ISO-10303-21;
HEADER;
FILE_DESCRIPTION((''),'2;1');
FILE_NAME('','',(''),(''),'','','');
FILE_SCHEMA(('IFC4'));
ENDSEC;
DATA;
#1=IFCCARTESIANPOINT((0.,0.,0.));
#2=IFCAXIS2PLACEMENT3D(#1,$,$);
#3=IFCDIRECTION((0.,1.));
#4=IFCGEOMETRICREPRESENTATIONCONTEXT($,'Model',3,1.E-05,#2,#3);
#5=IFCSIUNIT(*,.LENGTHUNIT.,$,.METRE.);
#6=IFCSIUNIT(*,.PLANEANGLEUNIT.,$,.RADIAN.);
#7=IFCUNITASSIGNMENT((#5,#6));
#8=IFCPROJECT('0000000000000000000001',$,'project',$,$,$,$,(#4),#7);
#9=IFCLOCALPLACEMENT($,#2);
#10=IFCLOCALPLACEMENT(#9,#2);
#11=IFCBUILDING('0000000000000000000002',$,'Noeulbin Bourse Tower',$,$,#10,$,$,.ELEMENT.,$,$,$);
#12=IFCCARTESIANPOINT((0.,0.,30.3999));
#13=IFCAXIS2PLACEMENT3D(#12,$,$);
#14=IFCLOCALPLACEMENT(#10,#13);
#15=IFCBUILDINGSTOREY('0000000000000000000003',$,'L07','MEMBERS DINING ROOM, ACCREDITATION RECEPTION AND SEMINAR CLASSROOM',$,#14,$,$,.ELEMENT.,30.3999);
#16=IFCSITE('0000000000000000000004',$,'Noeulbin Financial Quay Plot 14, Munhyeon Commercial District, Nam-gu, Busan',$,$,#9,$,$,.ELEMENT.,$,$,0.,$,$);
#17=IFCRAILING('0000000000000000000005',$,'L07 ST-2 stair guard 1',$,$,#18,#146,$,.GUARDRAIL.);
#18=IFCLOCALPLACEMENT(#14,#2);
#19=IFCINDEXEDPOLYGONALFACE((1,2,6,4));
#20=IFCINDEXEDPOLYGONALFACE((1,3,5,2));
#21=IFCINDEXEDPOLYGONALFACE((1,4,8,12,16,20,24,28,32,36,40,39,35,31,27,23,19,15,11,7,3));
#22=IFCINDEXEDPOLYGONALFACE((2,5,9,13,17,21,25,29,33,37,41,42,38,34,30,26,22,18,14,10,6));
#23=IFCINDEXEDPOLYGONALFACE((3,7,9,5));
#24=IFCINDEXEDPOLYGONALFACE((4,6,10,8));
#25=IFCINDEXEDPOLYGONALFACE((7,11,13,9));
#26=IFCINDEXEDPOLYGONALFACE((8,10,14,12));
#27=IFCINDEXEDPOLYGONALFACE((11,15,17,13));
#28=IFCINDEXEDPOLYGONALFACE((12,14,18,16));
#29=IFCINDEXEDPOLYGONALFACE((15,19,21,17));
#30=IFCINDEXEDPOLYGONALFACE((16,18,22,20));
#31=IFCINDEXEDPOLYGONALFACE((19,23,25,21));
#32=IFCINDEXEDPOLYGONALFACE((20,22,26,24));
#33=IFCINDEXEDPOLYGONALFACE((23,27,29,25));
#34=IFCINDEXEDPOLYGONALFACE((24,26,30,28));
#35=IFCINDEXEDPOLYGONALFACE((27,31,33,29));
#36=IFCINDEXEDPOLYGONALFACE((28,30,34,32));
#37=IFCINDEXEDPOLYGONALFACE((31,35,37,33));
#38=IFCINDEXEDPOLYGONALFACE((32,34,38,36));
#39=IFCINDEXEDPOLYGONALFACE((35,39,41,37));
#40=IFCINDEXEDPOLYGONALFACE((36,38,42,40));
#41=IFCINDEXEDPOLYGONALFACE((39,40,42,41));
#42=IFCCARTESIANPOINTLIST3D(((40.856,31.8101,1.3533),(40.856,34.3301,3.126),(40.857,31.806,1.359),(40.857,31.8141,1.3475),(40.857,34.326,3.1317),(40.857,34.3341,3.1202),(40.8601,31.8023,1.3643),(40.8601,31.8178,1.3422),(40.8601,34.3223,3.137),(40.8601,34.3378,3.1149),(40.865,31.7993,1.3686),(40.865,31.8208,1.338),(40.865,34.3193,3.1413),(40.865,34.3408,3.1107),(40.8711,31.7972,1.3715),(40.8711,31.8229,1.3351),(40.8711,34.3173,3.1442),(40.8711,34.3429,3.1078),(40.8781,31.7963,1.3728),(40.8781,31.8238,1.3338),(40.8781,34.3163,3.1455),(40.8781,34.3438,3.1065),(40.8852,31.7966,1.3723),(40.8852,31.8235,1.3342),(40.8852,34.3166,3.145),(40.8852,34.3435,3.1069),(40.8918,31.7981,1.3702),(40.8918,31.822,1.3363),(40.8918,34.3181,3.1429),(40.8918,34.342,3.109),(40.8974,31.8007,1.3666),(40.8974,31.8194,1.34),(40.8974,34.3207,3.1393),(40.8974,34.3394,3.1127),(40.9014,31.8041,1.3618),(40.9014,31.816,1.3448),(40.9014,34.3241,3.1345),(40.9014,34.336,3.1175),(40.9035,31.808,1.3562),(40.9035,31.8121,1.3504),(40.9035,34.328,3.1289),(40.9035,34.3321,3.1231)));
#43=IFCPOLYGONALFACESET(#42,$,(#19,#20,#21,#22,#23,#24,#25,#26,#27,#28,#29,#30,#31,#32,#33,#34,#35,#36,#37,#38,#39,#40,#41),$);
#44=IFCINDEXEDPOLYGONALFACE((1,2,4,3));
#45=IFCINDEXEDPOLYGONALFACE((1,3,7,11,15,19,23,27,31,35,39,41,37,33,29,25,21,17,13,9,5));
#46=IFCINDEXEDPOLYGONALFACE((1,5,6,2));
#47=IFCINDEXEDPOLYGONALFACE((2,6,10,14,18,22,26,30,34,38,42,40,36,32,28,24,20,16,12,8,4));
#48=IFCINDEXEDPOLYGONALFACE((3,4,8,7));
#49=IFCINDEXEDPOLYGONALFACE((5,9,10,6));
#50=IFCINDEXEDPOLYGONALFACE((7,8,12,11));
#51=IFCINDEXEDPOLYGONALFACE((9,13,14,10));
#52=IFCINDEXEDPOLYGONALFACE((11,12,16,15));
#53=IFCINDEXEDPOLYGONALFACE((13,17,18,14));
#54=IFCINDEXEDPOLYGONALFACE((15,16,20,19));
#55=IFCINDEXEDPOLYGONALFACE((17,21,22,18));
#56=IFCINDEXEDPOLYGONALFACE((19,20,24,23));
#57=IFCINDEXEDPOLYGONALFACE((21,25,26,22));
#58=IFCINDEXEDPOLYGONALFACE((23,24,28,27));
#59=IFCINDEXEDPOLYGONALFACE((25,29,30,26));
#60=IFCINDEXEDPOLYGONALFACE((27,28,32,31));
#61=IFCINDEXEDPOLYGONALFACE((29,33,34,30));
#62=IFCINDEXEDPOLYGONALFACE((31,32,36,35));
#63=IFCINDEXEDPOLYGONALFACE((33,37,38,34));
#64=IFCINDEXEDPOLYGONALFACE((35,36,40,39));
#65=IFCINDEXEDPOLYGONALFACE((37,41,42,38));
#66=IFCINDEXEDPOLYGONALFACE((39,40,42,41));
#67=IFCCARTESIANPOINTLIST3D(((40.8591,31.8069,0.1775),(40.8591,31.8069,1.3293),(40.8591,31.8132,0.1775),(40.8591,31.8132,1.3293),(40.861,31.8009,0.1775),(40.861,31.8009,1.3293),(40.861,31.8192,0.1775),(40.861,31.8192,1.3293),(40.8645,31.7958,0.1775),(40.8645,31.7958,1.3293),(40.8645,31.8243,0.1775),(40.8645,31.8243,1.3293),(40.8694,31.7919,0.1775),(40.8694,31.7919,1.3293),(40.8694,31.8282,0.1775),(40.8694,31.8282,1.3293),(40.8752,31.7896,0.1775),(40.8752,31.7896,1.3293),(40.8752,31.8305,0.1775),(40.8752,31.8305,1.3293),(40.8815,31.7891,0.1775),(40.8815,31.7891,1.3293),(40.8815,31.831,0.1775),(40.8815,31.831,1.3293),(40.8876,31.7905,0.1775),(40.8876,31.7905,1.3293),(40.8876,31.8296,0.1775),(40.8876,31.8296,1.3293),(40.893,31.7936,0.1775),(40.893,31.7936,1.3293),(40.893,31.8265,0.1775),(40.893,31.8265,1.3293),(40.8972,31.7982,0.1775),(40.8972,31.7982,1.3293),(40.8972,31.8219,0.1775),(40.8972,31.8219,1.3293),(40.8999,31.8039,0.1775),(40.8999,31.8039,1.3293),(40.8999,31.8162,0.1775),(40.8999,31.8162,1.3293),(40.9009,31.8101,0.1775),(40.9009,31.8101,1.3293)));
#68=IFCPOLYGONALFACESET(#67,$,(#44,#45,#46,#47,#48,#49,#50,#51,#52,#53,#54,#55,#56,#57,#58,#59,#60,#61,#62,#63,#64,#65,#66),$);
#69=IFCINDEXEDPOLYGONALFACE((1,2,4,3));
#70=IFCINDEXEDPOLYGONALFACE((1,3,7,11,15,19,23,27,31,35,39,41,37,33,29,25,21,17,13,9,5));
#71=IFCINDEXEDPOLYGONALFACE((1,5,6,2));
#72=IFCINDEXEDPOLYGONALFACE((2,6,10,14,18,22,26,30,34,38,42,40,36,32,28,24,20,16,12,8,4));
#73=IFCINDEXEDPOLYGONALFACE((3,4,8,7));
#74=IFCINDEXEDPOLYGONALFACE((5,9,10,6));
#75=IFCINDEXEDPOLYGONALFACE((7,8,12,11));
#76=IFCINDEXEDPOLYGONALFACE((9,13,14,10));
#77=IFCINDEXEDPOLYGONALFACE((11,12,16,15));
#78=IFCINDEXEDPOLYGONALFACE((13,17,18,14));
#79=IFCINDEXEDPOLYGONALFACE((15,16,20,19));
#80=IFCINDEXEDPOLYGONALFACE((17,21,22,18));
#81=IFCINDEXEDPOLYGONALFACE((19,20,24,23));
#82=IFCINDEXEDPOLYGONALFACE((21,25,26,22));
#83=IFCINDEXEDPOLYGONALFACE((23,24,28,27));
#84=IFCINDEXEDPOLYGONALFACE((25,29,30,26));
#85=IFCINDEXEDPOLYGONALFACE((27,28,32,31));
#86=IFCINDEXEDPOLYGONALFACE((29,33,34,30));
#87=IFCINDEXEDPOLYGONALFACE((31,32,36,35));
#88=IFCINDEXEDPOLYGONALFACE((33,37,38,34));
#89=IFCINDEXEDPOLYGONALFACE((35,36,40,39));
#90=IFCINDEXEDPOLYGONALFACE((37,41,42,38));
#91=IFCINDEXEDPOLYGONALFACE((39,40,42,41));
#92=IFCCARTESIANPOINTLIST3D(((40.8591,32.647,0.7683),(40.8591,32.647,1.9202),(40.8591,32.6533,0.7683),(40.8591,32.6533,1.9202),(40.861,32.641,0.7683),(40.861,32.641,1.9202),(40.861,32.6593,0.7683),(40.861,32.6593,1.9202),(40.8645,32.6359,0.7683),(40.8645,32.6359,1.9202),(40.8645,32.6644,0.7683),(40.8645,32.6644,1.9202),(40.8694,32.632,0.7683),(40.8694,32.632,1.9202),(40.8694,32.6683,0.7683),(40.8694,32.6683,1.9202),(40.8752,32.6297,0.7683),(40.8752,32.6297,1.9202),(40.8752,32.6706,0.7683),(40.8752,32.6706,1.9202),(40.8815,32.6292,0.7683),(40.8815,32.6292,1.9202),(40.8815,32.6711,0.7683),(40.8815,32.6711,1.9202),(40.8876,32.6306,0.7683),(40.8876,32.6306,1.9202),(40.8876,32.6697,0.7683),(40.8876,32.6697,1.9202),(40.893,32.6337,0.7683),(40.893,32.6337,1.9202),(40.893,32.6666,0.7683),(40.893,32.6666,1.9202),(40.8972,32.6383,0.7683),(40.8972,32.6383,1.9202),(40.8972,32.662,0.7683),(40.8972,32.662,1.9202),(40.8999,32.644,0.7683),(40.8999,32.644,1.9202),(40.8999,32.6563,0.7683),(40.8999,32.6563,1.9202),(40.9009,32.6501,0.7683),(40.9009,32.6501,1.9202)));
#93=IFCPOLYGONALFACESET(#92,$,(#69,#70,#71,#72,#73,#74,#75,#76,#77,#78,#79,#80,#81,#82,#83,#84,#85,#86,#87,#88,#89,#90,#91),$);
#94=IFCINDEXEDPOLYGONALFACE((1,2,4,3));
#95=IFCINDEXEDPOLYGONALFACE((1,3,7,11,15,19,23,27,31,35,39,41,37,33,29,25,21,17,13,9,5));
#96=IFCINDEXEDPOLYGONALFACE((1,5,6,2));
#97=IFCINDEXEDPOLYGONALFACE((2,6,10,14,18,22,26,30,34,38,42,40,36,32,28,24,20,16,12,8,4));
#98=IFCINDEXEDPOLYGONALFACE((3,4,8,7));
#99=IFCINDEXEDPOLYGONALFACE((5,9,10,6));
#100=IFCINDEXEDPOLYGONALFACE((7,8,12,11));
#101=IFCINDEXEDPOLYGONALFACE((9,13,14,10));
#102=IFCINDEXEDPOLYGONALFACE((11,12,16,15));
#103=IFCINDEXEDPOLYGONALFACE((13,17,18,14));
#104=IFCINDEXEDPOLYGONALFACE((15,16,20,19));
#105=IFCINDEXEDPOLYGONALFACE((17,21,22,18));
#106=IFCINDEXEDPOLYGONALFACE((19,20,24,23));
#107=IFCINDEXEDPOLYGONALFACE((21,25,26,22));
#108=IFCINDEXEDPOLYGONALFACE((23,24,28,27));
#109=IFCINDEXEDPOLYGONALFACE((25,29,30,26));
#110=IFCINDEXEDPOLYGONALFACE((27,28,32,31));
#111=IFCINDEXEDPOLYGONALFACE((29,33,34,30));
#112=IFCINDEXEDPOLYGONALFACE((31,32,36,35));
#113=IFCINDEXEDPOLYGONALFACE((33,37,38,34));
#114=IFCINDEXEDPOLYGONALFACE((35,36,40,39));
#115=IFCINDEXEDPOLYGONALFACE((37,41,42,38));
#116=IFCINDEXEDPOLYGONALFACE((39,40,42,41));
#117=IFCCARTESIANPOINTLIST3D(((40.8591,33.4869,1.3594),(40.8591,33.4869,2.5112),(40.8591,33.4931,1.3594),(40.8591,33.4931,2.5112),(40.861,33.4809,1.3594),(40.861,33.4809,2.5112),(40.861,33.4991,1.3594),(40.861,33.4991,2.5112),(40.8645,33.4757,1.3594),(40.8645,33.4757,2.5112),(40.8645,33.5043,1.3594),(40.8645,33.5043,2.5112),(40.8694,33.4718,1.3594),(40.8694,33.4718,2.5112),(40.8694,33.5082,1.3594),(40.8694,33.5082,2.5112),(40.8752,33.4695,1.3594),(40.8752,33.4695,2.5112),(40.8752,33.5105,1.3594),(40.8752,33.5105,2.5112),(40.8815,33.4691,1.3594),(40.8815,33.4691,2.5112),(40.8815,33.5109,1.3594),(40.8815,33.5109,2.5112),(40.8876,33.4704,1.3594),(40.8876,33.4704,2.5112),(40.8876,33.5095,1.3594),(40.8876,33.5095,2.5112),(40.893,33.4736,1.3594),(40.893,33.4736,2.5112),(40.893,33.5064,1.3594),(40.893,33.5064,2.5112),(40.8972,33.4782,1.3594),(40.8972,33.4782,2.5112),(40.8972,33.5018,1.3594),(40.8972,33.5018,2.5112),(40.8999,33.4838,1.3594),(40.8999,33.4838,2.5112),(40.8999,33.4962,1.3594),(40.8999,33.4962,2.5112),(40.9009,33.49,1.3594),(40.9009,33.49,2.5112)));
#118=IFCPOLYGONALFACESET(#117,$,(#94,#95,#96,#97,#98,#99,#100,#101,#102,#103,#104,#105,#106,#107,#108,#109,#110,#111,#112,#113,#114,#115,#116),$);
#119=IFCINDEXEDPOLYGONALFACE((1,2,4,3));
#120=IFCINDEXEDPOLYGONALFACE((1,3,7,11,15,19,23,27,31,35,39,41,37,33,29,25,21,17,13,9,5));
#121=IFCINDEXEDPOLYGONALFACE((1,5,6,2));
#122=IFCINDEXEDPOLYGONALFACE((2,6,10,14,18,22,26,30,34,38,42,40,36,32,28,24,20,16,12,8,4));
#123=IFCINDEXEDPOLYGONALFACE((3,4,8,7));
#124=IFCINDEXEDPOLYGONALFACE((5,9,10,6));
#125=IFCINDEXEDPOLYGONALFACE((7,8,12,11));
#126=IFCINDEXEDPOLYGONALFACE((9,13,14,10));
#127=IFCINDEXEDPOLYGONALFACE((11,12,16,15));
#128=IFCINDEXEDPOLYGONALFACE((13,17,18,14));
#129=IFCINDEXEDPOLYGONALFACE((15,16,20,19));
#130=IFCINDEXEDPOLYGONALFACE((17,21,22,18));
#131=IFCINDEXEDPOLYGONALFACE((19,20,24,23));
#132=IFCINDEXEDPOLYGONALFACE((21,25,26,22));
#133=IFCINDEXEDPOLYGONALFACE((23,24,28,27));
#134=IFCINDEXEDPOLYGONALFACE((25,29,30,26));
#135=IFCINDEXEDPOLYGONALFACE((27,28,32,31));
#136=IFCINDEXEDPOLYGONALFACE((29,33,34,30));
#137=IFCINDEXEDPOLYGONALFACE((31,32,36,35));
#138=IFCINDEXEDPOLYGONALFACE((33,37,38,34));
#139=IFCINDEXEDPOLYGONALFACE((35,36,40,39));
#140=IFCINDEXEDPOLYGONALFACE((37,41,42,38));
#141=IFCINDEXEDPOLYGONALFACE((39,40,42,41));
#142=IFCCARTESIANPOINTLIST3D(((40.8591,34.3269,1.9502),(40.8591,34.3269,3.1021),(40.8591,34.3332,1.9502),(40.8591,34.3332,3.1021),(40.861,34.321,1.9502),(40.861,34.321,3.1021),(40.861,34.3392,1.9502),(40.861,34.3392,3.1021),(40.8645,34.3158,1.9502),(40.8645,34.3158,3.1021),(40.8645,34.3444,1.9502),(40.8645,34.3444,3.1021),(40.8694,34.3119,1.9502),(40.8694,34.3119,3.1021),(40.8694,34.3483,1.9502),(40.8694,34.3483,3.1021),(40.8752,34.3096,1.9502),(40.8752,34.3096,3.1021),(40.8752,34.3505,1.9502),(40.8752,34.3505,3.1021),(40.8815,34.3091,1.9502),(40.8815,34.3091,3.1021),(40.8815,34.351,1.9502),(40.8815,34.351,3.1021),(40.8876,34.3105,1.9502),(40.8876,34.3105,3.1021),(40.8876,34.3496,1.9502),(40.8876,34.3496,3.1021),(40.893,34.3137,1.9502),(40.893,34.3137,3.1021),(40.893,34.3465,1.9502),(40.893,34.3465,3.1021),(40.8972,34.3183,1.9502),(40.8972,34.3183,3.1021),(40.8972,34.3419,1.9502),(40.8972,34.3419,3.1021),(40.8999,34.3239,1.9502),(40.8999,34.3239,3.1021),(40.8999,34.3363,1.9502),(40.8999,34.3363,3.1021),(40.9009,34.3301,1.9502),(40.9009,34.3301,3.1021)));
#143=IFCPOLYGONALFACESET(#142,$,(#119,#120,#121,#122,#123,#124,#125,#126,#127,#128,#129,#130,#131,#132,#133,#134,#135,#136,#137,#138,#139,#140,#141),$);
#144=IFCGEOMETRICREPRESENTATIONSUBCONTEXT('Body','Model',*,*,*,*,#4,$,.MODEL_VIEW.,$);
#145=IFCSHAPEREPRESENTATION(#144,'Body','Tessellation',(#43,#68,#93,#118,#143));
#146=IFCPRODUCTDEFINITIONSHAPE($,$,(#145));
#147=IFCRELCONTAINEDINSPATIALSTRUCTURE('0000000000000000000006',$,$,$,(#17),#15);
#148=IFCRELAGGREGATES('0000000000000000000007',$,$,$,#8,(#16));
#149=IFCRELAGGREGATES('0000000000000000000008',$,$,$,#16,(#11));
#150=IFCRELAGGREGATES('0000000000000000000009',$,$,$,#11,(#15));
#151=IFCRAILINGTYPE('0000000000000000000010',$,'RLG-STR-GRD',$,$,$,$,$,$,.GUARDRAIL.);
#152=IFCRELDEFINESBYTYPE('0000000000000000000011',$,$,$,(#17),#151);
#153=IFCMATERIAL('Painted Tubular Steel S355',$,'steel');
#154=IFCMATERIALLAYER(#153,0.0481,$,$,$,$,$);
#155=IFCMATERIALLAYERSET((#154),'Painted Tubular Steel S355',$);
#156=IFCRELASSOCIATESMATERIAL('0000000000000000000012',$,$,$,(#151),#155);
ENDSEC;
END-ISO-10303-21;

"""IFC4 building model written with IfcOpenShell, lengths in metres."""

from ifc_helpers import new_model, si_unit, direction, frame, origin, origin_2d, place, context, subcontext, project, spatial, circle, extrude, material, layer, layer_set, type_object, element, save


model = new_model("IFC4")

# Units and contexts
model_context = context("Model", 3, precision=1e-05, world=origin(), true_north=direction((0.0, 1.0)))
body_context = subcontext(model_context, "Body", "Model", "MODEL_VIEW")
ifc_project = project(units=[si_unit("LENGTHUNIT", "METRE"), si_unit("PLANEANGLEUNIT", "RADIAN")], contexts=[model_context])

# Site, building, storey
site_placement = place(None, origin())
site = spatial("IfcSite", under=ifc_project, at=site_placement, Name="Noeulbin Financial Quay Plot 14, Munhyeon Commercial District, Nam-gu, Busan", CompositionType="ELEMENT", RefElevation=0.0)
building_placement = place(site_placement, origin())
building = spatial("IfcBuilding", under=site, at=building_placement, Name="Noeulbin Bourse Tower", CompositionType="ELEMENT")
storey_placement = place(building_placement, frame((0.0, 0.0, 30.3999)))
storey = spatial("IfcBuildingStorey", under=building, at=storey_placement, Name="L07", Description="MEMBERS DINING ROOM, ACCREDITATION RECEPTION AND SEMINAR CLASSROOM", CompositionType="ELEMENT", Elevation=30.3999)

# Railing
ifc_material_1 = material(Name="Painted Tubular Steel S355", Category="steel")
ifc_layer_1 = layer(ifc_material_1, 0.0481)
ifc_layer_set_1 = layer_set([ifc_layer_1], Name="Painted Tubular Steel S355")
railing_type_1 = type_object("IfcRailingType", Name="RLG-STR-GRD", PredefinedType="GUARDRAIL", material=ifc_layer_set_1)
railing_1_placement = place(storey_placement, frame((40.8799, 31.8101, 0.1775)))
element("IfcRailing", 1, at=railing_1_placement, inside=storey, type_object=railing_type_1, Name="L07 ST-2 stair guard 1", PredefinedType="GUARDRAIL", context=body_context, shape_type="SweptSolid", body=[
    extrude(circle(Radius=0.0239, at=origin_2d()), frame((0.0, 0.0, 1.1758), z_axis=(0.0, 0.817904, 0.575354), x_axis=(-1.0, 0.0, 0.0)), (0.0, 0.0, 1.0), 3.0811),
    extrude(circle(Radius=0.021, at=origin_2d()), origin(), (0.0, 0.0, 1.0), 1.1519),
    extrude(circle(Radius=0.021, at=origin_2d()), frame((0.0, 0.8401, 0.5908)), (0.0, 0.0, 1.0), 1.1519),
    extrude(circle(Radius=0.021, at=origin_2d()), frame((0.0, 1.6799, 1.1819)), (0.0, 0.0, 1.0), 1.1519),
    extrude(circle(Radius=0.021, at=origin_2d()), frame((0.0, 2.52, 1.7727)), (0.0, 0.0, 1.0), 1.1519),
])

save(model, "model.ifc")
